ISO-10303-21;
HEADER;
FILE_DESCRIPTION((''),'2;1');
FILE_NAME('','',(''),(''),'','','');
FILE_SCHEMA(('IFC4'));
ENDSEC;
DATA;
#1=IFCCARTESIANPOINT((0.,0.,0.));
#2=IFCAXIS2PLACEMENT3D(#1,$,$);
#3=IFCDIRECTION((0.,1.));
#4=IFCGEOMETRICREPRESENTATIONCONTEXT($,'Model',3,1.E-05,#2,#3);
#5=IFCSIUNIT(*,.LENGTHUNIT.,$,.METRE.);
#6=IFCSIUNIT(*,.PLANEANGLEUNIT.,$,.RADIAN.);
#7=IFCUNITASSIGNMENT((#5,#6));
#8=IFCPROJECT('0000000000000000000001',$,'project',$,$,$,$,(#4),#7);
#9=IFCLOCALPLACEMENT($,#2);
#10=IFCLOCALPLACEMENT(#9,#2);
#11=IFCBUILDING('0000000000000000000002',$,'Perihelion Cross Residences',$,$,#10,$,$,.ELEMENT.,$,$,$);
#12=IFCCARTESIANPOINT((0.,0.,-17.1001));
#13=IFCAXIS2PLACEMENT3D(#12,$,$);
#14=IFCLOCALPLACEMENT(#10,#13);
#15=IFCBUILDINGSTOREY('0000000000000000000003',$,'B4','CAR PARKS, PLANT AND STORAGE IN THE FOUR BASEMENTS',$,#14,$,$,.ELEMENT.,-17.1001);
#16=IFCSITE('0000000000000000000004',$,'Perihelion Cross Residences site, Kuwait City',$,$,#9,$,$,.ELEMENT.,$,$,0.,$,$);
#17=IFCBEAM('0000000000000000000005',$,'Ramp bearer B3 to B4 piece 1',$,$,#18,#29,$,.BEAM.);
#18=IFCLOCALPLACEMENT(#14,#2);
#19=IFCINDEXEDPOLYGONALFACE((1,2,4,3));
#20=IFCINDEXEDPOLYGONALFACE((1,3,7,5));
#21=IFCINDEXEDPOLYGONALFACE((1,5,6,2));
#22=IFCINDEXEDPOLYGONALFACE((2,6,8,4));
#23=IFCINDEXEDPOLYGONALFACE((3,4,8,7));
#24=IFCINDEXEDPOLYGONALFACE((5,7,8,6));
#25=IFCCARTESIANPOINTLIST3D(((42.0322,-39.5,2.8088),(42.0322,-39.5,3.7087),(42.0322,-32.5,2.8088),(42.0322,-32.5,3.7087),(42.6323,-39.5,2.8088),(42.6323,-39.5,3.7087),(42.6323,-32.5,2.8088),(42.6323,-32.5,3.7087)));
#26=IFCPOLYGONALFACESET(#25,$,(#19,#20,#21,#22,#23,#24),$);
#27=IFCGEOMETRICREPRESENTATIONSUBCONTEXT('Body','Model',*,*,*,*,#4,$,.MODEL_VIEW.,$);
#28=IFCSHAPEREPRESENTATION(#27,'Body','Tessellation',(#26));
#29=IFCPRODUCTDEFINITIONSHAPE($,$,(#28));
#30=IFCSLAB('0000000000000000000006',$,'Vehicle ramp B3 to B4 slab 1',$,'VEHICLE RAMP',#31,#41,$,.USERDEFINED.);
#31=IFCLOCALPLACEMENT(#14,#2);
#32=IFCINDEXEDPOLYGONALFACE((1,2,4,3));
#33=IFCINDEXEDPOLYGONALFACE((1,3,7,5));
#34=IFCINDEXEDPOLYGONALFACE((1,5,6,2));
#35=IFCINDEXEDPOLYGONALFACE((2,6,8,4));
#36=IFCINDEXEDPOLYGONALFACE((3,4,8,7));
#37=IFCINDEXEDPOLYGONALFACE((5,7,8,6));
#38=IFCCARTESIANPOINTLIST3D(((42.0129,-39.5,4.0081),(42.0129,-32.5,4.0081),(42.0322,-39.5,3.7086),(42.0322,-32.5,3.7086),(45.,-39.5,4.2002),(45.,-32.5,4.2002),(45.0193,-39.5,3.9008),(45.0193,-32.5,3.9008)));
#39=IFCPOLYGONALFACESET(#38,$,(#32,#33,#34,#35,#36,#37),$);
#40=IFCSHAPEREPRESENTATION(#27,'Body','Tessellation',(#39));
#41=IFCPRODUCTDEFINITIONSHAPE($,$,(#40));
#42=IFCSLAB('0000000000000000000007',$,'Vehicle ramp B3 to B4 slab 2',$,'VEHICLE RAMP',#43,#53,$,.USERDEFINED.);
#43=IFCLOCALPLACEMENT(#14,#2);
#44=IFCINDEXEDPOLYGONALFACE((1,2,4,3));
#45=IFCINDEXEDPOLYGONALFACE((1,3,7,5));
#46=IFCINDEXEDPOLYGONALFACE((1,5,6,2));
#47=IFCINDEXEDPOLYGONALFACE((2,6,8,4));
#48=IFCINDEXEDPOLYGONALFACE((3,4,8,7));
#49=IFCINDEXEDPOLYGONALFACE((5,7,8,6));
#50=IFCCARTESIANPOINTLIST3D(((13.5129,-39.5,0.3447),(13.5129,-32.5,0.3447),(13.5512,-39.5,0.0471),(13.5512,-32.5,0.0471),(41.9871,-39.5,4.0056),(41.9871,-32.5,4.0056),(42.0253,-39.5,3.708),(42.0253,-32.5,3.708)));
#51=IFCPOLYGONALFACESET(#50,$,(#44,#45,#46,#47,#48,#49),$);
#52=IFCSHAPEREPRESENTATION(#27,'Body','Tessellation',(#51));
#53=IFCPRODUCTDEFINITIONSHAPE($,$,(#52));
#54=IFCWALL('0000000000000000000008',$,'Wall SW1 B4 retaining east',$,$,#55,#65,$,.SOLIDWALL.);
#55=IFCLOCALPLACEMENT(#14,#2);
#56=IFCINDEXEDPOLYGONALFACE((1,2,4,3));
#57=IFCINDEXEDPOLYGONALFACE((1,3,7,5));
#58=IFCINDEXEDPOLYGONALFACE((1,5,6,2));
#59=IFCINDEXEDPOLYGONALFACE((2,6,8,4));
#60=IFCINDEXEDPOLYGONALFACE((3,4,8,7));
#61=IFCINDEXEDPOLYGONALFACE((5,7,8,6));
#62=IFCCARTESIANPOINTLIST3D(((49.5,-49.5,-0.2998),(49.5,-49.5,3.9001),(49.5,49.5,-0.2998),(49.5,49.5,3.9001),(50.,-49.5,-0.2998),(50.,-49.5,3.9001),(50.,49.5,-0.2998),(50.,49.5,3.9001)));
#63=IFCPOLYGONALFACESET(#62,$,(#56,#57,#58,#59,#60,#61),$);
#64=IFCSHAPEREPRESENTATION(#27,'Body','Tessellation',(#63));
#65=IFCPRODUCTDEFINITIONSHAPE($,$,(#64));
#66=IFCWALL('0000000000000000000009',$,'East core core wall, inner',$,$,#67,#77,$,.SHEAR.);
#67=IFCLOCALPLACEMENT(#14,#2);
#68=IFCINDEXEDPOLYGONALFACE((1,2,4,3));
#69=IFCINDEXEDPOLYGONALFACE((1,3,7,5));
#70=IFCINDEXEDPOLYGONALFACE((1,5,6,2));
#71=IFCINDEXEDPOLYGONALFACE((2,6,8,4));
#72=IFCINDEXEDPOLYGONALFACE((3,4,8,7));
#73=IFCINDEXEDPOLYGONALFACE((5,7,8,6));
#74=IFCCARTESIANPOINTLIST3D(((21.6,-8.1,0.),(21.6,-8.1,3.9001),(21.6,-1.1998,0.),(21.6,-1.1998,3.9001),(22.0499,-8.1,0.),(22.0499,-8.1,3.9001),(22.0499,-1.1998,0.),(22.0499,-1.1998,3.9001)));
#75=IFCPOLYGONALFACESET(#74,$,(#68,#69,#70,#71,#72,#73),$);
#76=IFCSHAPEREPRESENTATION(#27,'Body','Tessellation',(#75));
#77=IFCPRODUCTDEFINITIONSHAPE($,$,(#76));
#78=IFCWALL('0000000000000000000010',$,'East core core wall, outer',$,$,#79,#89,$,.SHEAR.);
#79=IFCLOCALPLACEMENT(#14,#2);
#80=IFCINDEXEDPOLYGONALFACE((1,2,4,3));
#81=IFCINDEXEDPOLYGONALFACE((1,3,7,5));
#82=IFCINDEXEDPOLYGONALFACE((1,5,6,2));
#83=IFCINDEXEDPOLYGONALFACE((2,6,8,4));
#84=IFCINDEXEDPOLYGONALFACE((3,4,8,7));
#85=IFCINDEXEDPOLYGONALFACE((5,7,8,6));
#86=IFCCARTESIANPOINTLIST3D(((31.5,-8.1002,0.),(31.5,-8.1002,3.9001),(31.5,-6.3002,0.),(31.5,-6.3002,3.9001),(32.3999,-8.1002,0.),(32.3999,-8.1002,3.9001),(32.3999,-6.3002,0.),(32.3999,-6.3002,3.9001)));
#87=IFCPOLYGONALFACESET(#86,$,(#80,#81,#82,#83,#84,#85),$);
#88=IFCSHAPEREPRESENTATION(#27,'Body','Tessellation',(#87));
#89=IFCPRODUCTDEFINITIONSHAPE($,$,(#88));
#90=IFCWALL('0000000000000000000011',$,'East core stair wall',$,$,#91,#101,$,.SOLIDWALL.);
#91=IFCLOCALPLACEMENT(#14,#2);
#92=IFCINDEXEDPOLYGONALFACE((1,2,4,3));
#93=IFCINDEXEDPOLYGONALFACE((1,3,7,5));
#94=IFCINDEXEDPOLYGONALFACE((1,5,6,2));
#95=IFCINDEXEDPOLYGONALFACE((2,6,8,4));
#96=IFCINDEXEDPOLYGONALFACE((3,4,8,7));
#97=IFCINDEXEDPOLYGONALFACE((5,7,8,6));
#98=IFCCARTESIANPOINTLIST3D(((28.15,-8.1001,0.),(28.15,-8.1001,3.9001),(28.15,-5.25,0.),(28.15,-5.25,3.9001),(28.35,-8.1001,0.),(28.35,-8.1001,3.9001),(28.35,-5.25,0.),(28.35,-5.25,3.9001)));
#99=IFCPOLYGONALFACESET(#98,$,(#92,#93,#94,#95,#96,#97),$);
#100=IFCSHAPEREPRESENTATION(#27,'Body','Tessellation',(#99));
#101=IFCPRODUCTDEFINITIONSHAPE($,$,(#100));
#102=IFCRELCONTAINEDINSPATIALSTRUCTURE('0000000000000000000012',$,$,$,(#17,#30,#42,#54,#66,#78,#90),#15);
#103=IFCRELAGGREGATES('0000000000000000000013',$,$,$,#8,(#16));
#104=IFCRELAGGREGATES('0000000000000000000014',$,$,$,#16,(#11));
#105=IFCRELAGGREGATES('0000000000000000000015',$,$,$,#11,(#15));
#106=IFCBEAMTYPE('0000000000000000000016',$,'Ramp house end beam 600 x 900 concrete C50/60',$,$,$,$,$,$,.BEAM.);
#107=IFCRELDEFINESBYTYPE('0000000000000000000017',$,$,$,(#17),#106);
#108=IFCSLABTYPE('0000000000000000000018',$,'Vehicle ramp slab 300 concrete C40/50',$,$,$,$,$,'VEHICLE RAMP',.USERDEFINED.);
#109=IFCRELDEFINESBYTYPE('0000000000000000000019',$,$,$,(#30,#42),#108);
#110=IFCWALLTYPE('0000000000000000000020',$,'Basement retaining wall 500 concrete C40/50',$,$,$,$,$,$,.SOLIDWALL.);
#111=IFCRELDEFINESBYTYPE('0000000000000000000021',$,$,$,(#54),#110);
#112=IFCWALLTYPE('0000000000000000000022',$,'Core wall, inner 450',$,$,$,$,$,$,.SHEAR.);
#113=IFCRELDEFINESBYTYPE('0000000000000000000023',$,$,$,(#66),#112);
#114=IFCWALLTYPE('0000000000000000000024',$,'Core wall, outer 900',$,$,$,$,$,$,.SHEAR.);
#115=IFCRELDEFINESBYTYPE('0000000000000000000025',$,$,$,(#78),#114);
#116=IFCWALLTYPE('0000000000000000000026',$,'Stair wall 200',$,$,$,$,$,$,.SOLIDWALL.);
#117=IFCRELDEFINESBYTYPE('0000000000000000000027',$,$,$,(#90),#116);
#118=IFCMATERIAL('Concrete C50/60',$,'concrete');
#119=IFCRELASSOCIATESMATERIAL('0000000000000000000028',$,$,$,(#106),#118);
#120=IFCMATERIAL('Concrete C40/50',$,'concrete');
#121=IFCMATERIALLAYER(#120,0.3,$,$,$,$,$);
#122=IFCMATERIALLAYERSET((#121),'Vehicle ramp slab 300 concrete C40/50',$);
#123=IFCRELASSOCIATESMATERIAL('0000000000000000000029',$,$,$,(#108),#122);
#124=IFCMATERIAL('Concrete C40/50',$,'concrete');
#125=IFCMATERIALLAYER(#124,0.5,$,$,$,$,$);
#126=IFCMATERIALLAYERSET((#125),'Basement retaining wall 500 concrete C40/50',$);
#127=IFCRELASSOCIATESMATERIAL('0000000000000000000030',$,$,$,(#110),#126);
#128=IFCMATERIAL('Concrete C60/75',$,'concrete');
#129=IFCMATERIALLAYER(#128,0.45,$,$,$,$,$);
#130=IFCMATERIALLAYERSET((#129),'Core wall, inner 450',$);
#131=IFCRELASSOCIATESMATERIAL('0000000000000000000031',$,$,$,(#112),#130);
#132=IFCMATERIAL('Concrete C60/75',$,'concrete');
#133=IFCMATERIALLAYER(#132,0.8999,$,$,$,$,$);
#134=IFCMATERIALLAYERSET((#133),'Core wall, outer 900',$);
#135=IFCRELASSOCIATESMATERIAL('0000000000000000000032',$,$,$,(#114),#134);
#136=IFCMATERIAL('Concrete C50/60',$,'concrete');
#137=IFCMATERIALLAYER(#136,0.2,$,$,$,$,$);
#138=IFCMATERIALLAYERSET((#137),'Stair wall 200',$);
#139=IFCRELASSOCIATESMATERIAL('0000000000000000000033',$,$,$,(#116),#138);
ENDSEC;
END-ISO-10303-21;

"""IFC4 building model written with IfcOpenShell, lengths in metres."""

from ifc_helpers import new_model, si_unit, direction, frame, frame_2d, origin, origin_2d, place, context, subcontext, project, spatial, polyline, rectangle, outline, extrude, material, layer, layer_set, material_profile, profile_set, type_object, element, save


model = new_model("IFC4")

# Units and contexts
model_context = context("Model", 3, precision=1e-05, world=origin(), true_north=direction((0.0, 1.0)))
body_context = subcontext(model_context, "Body", "Model", "MODEL_VIEW")
ifc_project = project(units=[si_unit("LENGTHUNIT", "METRE"), si_unit("PLANEANGLEUNIT", "RADIAN")], contexts=[model_context])

# Site, building, storey
site_placement = place(None, origin())
site = spatial("IfcSite", under=ifc_project, at=site_placement, Name="Perihelion Cross Residences site, Kuwait City", CompositionType="ELEMENT", RefElevation=0.0)
building_placement = place(site_placement, origin())
building = spatial("IfcBuilding", under=site, at=building_placement, Name="Perihelion Cross Residences", CompositionType="ELEMENT")
storey_placement = place(building_placement, frame((0.0, 0.0, -17.1001)))
storey = spatial("IfcBuildingStorey", under=building, at=storey_placement, Name="B4", Description="CAR PARKS, PLANT AND STORAGE IN THE FOUR BASEMENTS", CompositionType="ELEMENT", Elevation=-17.1001)

# Beam
ifc_material_1 = material(Name="Concrete C50/60", Category="concrete")
ifc_material_profile_1 = material_profile(ifc_material_1, rectangle(XDim=0.6001, YDim=0.8999, at=origin_2d()), Name="RC 600x900")
ifc_profile_set_1 = profile_set([ifc_material_profile_1], Name="Concrete C50/60")
beam_type = type_object("IfcBeamType", Name="Ramp house end beam 600 x 900 concrete C50/60", PredefinedType="BEAM", material=ifc_profile_set_1)
beam_placement = place(storey_placement, frame((42.3323, -39.5, 3.2588), z_axis=(0.0, 1.0, 0.0), x_axis=(-1.0, 0.0, 0.0)))
element("IfcBeam", 1, at=beam_placement, inside=storey, type_object=beam_type, Name="Ramp bearer B3 to B4 piece 1", PredefinedType="BEAM", context=body_context, shape_type="SweptSolid", body=[
    extrude(rectangle(XDim=0.6001, YDim=0.8999, at=origin_2d()), origin(), (0.0, 0.0, 1.0), 7.0),
])

# Slabs
ifc_material_2 = material(Name="Concrete C40/50", Category="concrete")
ifc_layer_1 = layer(ifc_material_2, 0.3)
ifc_layer_set_1 = layer_set([ifc_layer_1], Name="Vehicle ramp slab 300 concrete C40/50")
slab_type = type_object("IfcSlabType", Name="Vehicle ramp slab 300 concrete C40/50", ElementType="VEHICLE RAMP", PredefinedType="USERDEFINED", material=ifc_layer_set_1)
slab_1_placement = place(storey_placement, frame((45.0, -39.5, 4.2002), z_axis=(-0.064191, 0.0, 0.997938), x_axis=(-0.997938, 0.0, -0.064191)))
element("IfcSlab", 2, at=slab_1_placement, inside=storey, type_object=slab_type, Name="Vehicle ramp B3 to B4 slab 1", ObjectType="VEHICLE RAMP", PredefinedType="USERDEFINED", context=body_context, shape_type="SweptSolid", body=[
    extrude(outline(polyline([(0.0, 0.0), (2.9932, 0.0), (2.9932, -7.0), (0.0, -7.0), (0.0, 0.0)])), origin(), (0.0, 0.0, -1.0), 0.3),
])
slab_2_placement = place(storey_placement, frame((41.9871, -39.5, 4.0056), z_axis=(-0.127519, 0.0, 0.991836), x_axis=(-0.991836, 0.0, -0.127519)))
element("IfcSlab", 3, at=slab_2_placement, inside=storey, type_object=slab_type, Name="Vehicle ramp B3 to B4 slab 2", ObjectType="VEHICLE RAMP", PredefinedType="USERDEFINED", context=body_context, shape_type="SweptSolid", body=[
    extrude(outline(polyline([(0.0, 0.0), (28.7085, 0.0), (28.7085, -7.0), (0.0, -7.0), (0.0, 0.0)])), origin(), (0.0, 0.0, -1.0), 0.3),
])

# Walls
ifc_material_3 = material(Name="Concrete C40/50", Category="concrete")
ifc_layer_2 = layer(ifc_material_3, 0.5)
ifc_layer_set_2 = layer_set([ifc_layer_2], Name="Basement retaining wall 500 concrete C40/50")
wall_type_1 = type_object("IfcWallType", Name="Basement retaining wall 500 concrete C40/50", PredefinedType="SOLIDWALL", material=ifc_layer_set_2)
wall_1_placement = place(storey_placement, frame((49.75, -49.5, -0.2998), z_axis=(0.0, 0.0, 1.0), x_axis=(0.0, 1.0, 0.0)))
element("IfcWall", 4, at=wall_1_placement, inside=storey, type_object=wall_type_1, Name="Wall SW1 B4 retaining east", PredefinedType="SOLIDWALL", context=body_context, shape_type="SweptSolid", body=[
    extrude(rectangle(XDim=99.0, YDim=0.5, at=frame_2d((49.5, 0.0))), origin(), (0.0, 0.0, 1.0), 4.2),
])
ifc_material_4 = material(Name="Concrete C60/75", Category="concrete")
ifc_layer_3 = layer(ifc_material_4, 0.45)
ifc_layer_set_3 = layer_set([ifc_layer_3], Name="Core wall, inner 450")
wall_type_2 = type_object("IfcWallType", Name="Core wall, inner 450", PredefinedType="SHEAR", material=ifc_layer_set_3)
wall_2_placement = place(storey_placement, frame((21.825, -8.1001, 0.0), z_axis=(0.0, 0.0, 1.0), x_axis=(0.0, 1.0, 0.0)))
element("IfcWall", 5, at=wall_2_placement, inside=storey, type_object=wall_type_2, Name="East core core wall, inner", PredefinedType="SHEAR", context=body_context, shape_type="SweptSolid", body=[
    extrude(rectangle(XDim=6.9001, YDim=0.45, at=frame_2d((3.4502, 0.0))), origin(), (0.0, 0.0, 1.0), 3.9001),
])
ifc_material_5 = material(Name="Concrete C60/75", Category="concrete")
ifc_layer_4 = layer(ifc_material_5, 0.8999)
ifc_layer_set_4 = layer_set([ifc_layer_4], Name="Core wall, outer 900")
wall_type_3 = type_object("IfcWallType", Name="Core wall, outer 900", PredefinedType="SHEAR", material=ifc_layer_set_4)
wall_3_placement = place(storey_placement, frame((31.95, -8.1001, 0.0), z_axis=(0.0, 0.0, 1.0), x_axis=(0.0, 1.0, 0.0)))
element("IfcWall", 6, at=wall_3_placement, inside=storey, type_object=wall_type_3, Name="East core core wall, outer", PredefinedType="SHEAR", context=body_context, shape_type="SweptSolid", body=[
    extrude(rectangle(XDim=1.8, YDim=0.8999, at=frame_2d((0.8999, 0.0))), origin(), (0.0, 0.0, 1.0), 3.9001),
])
ifc_material_6 = material(Name="Concrete C50/60", Category="concrete")
ifc_layer_5 = layer(ifc_material_6, 0.2)
ifc_layer_set_5 = layer_set([ifc_layer_5], Name="Stair wall 200")
wall_type_4 = type_object("IfcWallType", Name="Stair wall 200", PredefinedType="SOLIDWALL", material=ifc_layer_set_5)
wall_4_placement = place(storey_placement, frame((28.25, -8.1001, 0.0), z_axis=(0.0, 0.0, 1.0), x_axis=(0.0, 1.0, 0.0)))
element("IfcWall", 7, at=wall_4_placement, inside=storey, type_object=wall_type_4, Name="East core stair wall", PredefinedType="SOLIDWALL", context=body_context, shape_type="SweptSolid", body=[
    extrude(rectangle(XDim=2.8501, YDim=0.2, at=frame_2d((1.425, 0.0))), origin(), (0.0, 0.0, 1.0), 3.9001),
])

save(model, "model.ifc")
